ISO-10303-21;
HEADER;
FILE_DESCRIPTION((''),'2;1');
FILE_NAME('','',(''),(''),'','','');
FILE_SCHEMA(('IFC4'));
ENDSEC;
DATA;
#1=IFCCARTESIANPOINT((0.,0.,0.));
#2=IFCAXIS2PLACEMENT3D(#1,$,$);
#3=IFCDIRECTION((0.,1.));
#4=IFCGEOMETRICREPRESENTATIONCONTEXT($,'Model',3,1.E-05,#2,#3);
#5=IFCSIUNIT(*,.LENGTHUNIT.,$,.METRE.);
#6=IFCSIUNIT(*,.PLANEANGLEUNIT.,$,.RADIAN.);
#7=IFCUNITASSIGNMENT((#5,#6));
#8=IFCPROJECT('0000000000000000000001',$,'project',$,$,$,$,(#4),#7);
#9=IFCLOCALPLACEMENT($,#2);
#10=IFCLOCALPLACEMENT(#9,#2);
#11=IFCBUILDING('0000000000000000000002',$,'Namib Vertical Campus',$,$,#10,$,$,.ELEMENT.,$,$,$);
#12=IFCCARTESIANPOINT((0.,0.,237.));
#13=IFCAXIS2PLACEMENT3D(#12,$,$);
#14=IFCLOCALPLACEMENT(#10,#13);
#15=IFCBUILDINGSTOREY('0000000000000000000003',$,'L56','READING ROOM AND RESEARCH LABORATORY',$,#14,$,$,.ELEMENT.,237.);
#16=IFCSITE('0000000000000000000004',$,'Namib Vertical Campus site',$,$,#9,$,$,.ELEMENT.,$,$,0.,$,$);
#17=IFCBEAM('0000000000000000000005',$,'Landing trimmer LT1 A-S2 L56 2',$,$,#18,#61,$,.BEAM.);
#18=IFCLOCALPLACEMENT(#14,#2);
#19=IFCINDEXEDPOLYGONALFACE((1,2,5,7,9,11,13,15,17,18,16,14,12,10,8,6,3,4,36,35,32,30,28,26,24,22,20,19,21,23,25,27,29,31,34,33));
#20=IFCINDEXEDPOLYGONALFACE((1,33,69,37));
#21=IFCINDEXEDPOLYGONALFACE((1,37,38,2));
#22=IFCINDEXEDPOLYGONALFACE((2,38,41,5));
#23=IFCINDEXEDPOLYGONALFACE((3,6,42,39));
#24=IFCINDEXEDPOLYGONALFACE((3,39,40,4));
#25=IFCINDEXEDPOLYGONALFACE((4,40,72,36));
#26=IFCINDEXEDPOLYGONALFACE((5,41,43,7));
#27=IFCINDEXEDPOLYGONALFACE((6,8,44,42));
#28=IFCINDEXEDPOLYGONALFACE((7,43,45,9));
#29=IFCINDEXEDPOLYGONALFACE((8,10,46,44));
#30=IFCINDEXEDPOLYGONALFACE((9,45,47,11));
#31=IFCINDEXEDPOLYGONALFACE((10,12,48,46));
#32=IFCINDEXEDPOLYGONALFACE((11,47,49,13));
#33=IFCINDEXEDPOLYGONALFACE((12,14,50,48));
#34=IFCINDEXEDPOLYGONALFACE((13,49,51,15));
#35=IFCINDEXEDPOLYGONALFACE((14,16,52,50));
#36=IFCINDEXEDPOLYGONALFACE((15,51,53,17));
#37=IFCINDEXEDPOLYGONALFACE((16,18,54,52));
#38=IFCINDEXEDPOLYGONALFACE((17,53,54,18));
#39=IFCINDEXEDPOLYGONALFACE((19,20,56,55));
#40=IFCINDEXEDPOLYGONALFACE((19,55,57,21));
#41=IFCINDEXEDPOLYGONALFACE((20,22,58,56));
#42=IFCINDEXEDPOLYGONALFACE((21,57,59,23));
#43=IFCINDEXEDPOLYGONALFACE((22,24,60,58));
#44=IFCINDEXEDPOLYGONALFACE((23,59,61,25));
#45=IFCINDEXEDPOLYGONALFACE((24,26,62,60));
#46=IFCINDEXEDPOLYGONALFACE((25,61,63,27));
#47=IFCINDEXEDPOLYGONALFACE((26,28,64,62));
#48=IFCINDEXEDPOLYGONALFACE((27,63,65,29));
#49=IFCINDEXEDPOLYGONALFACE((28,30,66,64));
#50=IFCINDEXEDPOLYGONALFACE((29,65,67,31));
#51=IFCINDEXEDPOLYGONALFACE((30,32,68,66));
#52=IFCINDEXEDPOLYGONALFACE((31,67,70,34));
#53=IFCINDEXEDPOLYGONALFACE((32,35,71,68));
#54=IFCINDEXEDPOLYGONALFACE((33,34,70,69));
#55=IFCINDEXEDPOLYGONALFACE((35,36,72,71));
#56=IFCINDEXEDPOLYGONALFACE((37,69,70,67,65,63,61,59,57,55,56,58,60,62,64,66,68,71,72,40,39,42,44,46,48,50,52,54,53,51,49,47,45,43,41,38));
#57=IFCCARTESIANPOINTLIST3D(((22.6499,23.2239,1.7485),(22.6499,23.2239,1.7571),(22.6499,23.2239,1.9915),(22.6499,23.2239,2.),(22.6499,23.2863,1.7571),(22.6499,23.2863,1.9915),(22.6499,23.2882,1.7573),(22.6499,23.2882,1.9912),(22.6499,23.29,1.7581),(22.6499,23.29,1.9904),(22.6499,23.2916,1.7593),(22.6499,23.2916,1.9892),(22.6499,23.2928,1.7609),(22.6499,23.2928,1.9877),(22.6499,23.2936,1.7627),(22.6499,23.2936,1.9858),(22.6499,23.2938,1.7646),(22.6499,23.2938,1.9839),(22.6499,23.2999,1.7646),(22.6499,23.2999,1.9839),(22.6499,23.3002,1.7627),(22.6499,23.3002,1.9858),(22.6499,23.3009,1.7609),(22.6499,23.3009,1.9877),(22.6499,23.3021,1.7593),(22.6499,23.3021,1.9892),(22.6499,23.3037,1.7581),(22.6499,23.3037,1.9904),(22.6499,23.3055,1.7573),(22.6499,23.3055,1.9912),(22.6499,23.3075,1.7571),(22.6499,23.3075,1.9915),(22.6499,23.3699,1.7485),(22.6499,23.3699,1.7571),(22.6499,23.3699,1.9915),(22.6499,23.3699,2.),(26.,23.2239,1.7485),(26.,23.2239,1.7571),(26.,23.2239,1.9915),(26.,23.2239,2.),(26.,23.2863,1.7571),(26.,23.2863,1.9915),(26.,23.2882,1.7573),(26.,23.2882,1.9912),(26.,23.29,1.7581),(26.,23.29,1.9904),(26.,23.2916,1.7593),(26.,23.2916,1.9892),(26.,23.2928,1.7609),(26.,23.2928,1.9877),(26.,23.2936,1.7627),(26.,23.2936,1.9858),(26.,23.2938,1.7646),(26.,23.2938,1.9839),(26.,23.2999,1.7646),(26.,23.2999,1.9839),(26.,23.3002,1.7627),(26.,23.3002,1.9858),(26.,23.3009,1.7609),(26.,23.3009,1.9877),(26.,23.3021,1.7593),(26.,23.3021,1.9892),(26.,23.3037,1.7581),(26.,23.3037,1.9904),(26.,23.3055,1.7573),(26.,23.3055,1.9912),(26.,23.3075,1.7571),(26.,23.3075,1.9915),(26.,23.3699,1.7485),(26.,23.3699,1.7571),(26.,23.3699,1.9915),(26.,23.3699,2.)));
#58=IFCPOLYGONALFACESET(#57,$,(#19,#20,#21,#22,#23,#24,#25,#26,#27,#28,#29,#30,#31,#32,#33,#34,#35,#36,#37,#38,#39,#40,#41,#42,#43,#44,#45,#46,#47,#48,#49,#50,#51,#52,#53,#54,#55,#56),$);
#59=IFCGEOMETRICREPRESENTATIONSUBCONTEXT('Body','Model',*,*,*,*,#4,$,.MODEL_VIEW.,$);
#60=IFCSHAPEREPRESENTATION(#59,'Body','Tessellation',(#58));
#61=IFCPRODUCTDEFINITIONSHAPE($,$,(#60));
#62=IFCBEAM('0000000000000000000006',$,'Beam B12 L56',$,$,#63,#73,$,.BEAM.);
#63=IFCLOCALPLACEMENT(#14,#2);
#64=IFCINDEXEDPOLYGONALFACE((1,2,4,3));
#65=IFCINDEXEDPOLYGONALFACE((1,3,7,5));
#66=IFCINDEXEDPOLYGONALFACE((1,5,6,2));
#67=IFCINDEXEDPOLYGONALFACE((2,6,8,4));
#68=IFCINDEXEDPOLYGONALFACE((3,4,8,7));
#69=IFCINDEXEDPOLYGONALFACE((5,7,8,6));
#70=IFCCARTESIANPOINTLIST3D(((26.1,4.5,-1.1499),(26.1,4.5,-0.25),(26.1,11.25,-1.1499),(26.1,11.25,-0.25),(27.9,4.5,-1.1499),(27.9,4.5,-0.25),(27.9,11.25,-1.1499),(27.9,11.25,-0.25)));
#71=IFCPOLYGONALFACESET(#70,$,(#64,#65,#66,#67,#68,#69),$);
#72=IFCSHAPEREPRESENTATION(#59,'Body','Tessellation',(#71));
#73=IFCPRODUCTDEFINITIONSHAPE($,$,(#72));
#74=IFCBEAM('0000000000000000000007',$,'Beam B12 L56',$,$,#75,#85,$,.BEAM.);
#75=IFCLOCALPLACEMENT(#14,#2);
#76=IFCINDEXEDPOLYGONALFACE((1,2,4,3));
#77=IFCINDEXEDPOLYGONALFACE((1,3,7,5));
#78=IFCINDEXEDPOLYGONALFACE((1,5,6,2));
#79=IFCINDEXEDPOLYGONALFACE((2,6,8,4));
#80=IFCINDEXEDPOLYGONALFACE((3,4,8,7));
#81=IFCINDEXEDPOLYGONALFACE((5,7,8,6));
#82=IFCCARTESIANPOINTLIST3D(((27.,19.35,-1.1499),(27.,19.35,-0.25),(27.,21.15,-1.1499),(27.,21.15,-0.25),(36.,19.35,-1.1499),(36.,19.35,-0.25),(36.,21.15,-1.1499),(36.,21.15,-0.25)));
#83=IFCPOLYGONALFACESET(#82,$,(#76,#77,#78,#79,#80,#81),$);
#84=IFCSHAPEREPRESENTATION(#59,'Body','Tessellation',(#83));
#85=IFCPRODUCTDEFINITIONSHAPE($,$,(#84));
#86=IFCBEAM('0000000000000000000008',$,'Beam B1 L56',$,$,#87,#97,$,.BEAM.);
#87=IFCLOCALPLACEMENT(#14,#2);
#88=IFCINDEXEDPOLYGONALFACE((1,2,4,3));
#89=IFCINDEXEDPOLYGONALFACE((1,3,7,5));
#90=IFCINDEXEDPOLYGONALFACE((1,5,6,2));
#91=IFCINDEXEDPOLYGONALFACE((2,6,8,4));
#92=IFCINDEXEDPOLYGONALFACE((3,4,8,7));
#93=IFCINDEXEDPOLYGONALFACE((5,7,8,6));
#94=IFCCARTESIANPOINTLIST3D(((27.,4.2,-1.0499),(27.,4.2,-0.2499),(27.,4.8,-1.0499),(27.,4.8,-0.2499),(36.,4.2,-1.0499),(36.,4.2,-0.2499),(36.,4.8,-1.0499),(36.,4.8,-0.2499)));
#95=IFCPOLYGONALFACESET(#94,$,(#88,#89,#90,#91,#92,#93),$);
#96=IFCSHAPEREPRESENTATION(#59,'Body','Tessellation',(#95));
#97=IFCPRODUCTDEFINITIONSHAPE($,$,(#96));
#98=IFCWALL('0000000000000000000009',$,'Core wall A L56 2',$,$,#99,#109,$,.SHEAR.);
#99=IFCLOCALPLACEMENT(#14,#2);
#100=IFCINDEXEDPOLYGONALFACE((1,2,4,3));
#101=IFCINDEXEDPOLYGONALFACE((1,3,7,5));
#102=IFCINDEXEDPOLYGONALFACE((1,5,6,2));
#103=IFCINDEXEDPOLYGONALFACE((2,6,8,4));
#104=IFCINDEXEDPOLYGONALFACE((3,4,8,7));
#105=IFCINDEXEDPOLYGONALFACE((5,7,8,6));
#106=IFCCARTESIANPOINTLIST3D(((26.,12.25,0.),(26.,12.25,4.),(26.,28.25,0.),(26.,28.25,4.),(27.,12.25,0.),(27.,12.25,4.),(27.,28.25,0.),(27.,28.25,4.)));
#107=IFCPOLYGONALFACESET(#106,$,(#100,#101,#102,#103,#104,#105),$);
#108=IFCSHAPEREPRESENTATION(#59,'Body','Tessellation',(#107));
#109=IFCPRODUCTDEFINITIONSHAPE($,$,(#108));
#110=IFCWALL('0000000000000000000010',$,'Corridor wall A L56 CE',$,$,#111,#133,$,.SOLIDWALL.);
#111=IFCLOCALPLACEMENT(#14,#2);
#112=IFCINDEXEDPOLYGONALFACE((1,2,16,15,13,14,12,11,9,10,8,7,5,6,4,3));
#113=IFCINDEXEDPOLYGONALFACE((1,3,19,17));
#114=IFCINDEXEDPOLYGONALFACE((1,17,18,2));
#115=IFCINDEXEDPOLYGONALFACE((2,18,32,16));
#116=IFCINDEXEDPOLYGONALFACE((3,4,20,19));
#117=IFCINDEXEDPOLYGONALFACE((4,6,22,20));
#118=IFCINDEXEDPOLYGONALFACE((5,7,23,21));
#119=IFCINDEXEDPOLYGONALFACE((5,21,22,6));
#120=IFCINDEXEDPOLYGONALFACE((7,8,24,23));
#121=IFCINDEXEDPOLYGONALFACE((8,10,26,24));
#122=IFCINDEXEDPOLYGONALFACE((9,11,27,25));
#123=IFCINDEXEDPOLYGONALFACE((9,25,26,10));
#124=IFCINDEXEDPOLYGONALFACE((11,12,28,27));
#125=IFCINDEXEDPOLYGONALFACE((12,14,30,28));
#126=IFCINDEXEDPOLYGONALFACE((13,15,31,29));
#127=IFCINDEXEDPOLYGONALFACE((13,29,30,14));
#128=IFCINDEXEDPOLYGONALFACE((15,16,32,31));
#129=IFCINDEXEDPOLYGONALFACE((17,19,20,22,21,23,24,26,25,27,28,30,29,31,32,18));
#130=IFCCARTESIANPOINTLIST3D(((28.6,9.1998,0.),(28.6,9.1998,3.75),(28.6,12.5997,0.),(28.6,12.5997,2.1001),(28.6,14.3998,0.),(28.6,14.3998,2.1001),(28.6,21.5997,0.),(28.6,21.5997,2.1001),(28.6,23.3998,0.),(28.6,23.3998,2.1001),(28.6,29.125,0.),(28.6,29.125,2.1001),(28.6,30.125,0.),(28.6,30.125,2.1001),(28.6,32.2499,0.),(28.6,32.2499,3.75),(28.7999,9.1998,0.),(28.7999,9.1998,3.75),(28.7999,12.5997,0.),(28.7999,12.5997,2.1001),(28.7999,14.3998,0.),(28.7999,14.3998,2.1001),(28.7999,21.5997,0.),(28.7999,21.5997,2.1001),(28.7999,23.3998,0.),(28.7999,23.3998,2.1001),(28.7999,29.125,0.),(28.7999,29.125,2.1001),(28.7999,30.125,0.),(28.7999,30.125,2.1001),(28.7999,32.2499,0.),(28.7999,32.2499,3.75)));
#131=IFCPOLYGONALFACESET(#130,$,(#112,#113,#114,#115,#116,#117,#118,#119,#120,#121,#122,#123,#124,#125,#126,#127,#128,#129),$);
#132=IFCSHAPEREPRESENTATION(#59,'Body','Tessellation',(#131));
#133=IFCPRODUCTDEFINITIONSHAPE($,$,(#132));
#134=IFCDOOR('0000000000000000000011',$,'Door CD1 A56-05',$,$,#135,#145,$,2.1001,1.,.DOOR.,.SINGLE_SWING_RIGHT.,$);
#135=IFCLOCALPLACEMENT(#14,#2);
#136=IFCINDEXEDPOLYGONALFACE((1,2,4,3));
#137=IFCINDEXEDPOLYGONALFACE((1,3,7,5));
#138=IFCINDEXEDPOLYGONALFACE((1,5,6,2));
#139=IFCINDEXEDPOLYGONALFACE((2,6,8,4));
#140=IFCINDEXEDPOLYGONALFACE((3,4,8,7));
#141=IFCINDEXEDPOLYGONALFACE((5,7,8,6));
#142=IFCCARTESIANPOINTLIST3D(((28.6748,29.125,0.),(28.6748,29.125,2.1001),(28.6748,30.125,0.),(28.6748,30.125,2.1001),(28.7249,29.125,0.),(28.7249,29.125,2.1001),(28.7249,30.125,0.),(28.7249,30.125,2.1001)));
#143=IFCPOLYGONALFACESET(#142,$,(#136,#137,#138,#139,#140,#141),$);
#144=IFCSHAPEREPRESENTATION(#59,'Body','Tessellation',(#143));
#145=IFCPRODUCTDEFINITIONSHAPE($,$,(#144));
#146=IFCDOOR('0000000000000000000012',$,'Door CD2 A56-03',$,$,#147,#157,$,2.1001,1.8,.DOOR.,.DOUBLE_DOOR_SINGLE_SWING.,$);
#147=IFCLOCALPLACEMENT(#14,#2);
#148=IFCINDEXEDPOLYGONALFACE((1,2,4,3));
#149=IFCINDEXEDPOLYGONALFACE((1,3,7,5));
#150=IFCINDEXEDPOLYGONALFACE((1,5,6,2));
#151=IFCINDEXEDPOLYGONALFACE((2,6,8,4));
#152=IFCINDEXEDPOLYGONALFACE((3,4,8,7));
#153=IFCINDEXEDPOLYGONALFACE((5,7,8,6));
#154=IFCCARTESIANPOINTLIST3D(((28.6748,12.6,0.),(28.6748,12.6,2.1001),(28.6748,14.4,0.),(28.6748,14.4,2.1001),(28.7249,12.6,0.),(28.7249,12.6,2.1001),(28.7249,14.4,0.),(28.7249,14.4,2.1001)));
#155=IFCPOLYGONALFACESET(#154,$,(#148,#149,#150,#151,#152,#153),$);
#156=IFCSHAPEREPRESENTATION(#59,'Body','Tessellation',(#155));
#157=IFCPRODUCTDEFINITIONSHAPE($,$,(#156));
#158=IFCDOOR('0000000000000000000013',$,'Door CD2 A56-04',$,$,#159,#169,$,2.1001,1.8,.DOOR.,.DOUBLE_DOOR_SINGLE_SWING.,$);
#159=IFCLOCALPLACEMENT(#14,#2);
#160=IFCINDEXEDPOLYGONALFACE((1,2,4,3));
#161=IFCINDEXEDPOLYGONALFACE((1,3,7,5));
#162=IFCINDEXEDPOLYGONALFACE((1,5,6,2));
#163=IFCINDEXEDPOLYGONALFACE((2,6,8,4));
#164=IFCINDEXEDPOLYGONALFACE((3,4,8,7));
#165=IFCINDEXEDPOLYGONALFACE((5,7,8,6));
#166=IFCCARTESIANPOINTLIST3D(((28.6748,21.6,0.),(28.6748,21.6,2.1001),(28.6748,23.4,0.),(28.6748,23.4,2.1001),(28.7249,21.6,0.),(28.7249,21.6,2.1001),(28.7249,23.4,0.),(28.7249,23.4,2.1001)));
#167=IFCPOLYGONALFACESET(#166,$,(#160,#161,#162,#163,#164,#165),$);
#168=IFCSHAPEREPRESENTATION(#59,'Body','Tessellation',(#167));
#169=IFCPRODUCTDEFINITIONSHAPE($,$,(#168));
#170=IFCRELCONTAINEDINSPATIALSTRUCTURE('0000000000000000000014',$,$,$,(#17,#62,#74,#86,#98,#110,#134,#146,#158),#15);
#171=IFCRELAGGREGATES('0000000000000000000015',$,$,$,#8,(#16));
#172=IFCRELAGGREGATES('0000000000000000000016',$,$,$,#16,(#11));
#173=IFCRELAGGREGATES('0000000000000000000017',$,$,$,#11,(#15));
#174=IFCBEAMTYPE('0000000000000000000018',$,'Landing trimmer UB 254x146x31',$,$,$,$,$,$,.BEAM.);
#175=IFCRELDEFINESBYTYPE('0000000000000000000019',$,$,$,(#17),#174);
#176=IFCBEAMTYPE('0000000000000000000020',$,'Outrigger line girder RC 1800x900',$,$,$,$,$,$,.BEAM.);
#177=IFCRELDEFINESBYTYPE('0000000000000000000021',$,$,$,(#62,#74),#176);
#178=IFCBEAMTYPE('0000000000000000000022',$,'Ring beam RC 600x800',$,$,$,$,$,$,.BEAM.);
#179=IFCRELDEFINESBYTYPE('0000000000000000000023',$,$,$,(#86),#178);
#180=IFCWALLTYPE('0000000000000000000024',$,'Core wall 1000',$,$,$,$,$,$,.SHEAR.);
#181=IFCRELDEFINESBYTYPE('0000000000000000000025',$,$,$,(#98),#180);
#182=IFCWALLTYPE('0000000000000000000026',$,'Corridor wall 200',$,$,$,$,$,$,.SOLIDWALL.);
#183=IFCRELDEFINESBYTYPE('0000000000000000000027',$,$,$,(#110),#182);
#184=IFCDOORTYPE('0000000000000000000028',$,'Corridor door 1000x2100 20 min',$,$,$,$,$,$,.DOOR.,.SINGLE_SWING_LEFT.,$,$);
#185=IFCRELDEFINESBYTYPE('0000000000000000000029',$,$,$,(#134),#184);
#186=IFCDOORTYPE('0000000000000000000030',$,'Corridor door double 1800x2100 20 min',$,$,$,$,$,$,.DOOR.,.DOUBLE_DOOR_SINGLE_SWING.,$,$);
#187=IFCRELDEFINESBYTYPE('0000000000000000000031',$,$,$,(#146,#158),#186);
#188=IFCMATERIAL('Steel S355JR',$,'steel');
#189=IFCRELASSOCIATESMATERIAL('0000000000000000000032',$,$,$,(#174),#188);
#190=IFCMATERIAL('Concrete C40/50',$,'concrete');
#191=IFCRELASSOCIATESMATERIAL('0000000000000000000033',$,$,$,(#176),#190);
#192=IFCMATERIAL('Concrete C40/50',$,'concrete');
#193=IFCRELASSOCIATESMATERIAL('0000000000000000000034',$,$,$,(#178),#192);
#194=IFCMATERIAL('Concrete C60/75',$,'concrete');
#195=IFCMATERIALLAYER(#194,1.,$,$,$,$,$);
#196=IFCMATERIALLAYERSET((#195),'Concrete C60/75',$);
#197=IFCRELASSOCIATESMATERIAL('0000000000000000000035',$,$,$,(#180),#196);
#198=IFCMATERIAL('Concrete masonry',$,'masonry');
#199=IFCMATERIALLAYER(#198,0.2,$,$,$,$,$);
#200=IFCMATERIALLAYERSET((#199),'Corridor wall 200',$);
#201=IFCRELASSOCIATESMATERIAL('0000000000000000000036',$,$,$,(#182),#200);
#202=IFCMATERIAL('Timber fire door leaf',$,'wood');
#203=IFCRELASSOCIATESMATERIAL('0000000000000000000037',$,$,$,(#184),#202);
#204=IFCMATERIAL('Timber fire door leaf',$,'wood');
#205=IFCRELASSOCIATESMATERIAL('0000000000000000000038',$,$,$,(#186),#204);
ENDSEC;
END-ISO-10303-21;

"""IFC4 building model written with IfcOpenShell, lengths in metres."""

from ifc_helpers import new_model, si_unit, direction, frame, frame_2d, origin, origin_2d, place, context, subcontext, project, spatial, rectangle, i_section, extrude, material, layer, layer_set, material_profile, profile_set, type_object, element, fill, save


model = new_model("IFC4")

# Units and contexts
model_context = context("Model", 3, precision=1e-05, world=origin(), true_north=direction((0.0, 1.0)))
body_context = subcontext(model_context, "Body", "Model", "MODEL_VIEW")
ifc_project = project(units=[si_unit("LENGTHUNIT", "METRE"), si_unit("PLANEANGLEUNIT", "RADIAN")], contexts=[model_context])

# Site, building, storey
site_placement = place(None, origin())
site = spatial("IfcSite", under=ifc_project, at=site_placement, Name="Namib Vertical Campus site", CompositionType="ELEMENT", RefElevation=0.0)
building_placement = place(site_placement, origin())
building = spatial("IfcBuilding", under=site, at=building_placement, Name="Namib Vertical Campus", CompositionType="ELEMENT")
storey_placement = place(building_placement, frame((0.0, 0.0, 237.0)))
storey = spatial("IfcBuildingStorey", under=building, at=storey_placement, Name="L56", Description="READING ROOM AND RESEARCH LABORATORY", CompositionType="ELEMENT", Elevation=237.0)

# Beams
ifc_material_1 = material(Name="Steel S355JR", Category="steel")
ifc_material_profile_1 = material_profile(ifc_material_1, i_section(OverallWidth=0.146, OverallDepth=0.2515, WebThickness=0.0061, FlangeThickness=0.0085, FilletRadius=0.0076, at=origin_2d()))
ifc_profile_set_1 = profile_set([ifc_material_profile_1], Name="Steel S355JR")
beam_type_1 = type_object("IfcBeamType", Name="Landing trimmer UB 254x146x31", PredefinedType="BEAM", material=ifc_profile_set_1)
beam_1_placement = place(storey_placement, frame((22.6499, 23.2969, 1.8743), z_axis=(1.0, 0.0, 0.0), x_axis=(0.0, 1.0, 0.0)))
element("IfcBeam", 1, at=beam_1_placement, inside=storey, type_object=beam_type_1, Name="Landing trimmer LT1 A-S2 L56 2", PredefinedType="BEAM", context=body_context, shape_type="SweptSolid", body=[
    extrude(i_section(OverallWidth=0.146, OverallDepth=0.2515, WebThickness=0.0061, FlangeThickness=0.0085, FilletRadius=0.0076, at=origin_2d()), origin(), (0.0, 0.0, 1.0), 3.3501),
])
ifc_material_2 = material(Name="Concrete C40/50", Category="concrete")
ifc_material_profile_2 = material_profile(ifc_material_2, rectangle(XDim=1.8, YDim=0.8999, at=origin_2d()))
ifc_profile_set_2 = profile_set([ifc_material_profile_2], Name="Concrete C40/50")
beam_type_2 = type_object("IfcBeamType", Name="Outrigger line girder RC 1800x900", PredefinedType="BEAM", material=ifc_profile_set_2)
beam_2_placement = place(storey_placement, frame((27.0, 4.5, -0.7), z_axis=(0.0, 1.0, 0.0), x_axis=(-1.0, 0.0, 0.0)))
element("IfcBeam", 2, at=beam_2_placement, inside=storey, type_object=beam_type_2, Name="Beam B12 L56", PredefinedType="BEAM", context=body_context, shape_type="SweptSolid", body=[
    extrude(rectangle(XDim=1.8, YDim=0.8999, at=origin_2d()), origin(), (0.0, 0.0, 1.0), 6.75),
])
beam_3_placement = place(storey_placement, frame((36.0, 20.25, -0.7), z_axis=(-1.0, 0.0, 0.0), x_axis=(0.0, -1.0, 0.0)))
element("IfcBeam", 3, at=beam_3_placement, inside=storey, type_object=beam_type_2, Name="Beam B12 L56", PredefinedType="BEAM", context=body_context, shape_type="SweptSolid", body=[
    extrude(rectangle(XDim=1.8, YDim=0.8999, at=origin_2d()), origin(), (0.0, 0.0, 1.0), 9.0),
])
ifc_material_3 = material(Name="Concrete C40/50", Category="concrete")
ifc_material_profile_3 = material_profile(ifc_material_3, rectangle(XDim=0.6001, YDim=0.8, at=origin_2d()))
ifc_profile_set_3 = profile_set([ifc_material_profile_3], Name="Concrete C40/50")
beam_type_3 = type_object("IfcBeamType", Name="Ring beam RC 600x800", PredefinedType="BEAM", material=ifc_profile_set_3)
beam_4_placement = place(storey_placement, frame((27.0, 4.5, -0.6499), z_axis=(1.0, 0.0, 0.0), x_axis=(0.0, 1.0, 0.0)))
element("IfcBeam", 4, at=beam_4_placement, inside=storey, type_object=beam_type_3, Name="Beam B1 L56", PredefinedType="BEAM", context=body_context, shape_type="SweptSolid", body=[
    extrude(rectangle(XDim=0.6001, YDim=0.8, at=origin_2d()), origin(), (0.0, 0.0, 1.0), 9.0),
])

# Wall
ifc_material_4 = material(Name="Concrete C60/75", Category="concrete")
ifc_layer_1 = layer(ifc_material_4, 1.0)
ifc_layer_set_1 = layer_set([ifc_layer_1], Name="Concrete C60/75")
wall_type_1 = type_object("IfcWallType", Name="Core wall 1000", PredefinedType="SHEAR", material=ifc_layer_set_1)
wall_1_placement = place(storey_placement, frame((26.5, 12.25, 0.0), z_axis=(0.0, 0.0, 1.0), x_axis=(0.0, 1.0, 0.0)))
element("IfcWall", 5, at=wall_1_placement, inside=storey, type_object=wall_type_1, Name="Core wall A L56 2", PredefinedType="SHEAR", context=body_context, shape_type="SweptSolid", body=[
    extrude(rectangle(XDim=16.0, YDim=1.0, at=frame_2d((8.0, 0.0))), origin(), (0.0, 0.0, 1.0), 4.0),
])

# Wall, openings, doors
ifc_material_5 = material(Name="Concrete masonry", Category="masonry")
ifc_layer_2 = layer(ifc_material_5, 0.2)
ifc_layer_set_2 = layer_set([ifc_layer_2], Name="Corridor wall 200")
wall_type_2 = type_object("IfcWallType", Name="Corridor wall 200", PredefinedType="SOLIDWALL", material=ifc_layer_set_2)
wall_2_placement = place(storey_placement, frame((28.7, 9.2, 0.0), z_axis=(0.0, 0.0, 1.0), x_axis=(0.0, 1.0, 0.0)))
wall_2 = element("IfcWall", 6, at=wall_2_placement, inside=storey, type_object=wall_type_2, Name="Corridor wall A L56 CE", PredefinedType="SOLIDWALL", context=body_context, shape_type="SweptSolid", body=[
    extrude(rectangle(XDim=23.05, YDim=0.2, at=frame_2d((11.5249, 0.0))), origin(), (0.0, 0.0, 1.0), 3.75),
])
opening_1_placement = place(wall_2_placement, frame((3.3999, 0.0, 0.0)))
opening_1 = element("IfcOpeningElement", 7, at=opening_1_placement, cuts=wall_2, PredefinedType="OPENING", context=body_context, shape_type="SweptSolid", body=[
    extrude(rectangle(XDim=1.8, YDim=2.1001, at=frame_2d((0.8999, 1.05))), frame((0.0, 0.1099, 0.0), z_axis=(0.0, -1.0, 0.0), x_axis=(1.0, 0.0, 0.0)), (0.0, 0.0, 1.0), 0.22),
])
opening_2_placement = place(wall_2_placement, frame((12.3999, 0.0, 0.0)))
opening_2 = element("IfcOpeningElement", 8, at=opening_2_placement, cuts=wall_2, PredefinedType="OPENING", context=body_context, shape_type="SweptSolid", body=[
    extrude(rectangle(XDim=1.8, YDim=2.1001, at=frame_2d((0.8999, 1.05))), frame((0.0, 0.1099, 0.0), z_axis=(0.0, -1.0, 0.0), x_axis=(1.0, 0.0, 0.0)), (0.0, 0.0, 1.0), 0.22),
])
opening_3_placement = place(wall_2_placement, frame((19.925, 0.0, 0.0)))
opening_3 = element("IfcOpeningElement", 9, at=opening_3_placement, cuts=wall_2, PredefinedType="OPENING", context=body_context, shape_type="SweptSolid", body=[
    extrude(rectangle(XDim=1.0, YDim=2.1001, at=frame_2d((0.5, 1.05))), frame((0.0, 0.1099, 0.0), z_axis=(0.0, -1.0, 0.0), x_axis=(1.0, 0.0, 0.0)), (0.0, 0.0, 1.0), 0.22),
])
ifc_material_6 = material(Name="Timber fire door leaf", Category="wood")
door_type_1 = type_object("IfcDoorType", Name="Corridor door 1000x2100 20 min", OperationType="SINGLE_SWING_LEFT", PredefinedType="DOOR", material=ifc_material_6)
door_1_placement = place(opening_3_placement, frame((1.0, 0.0, 0.0), z_axis=(0.0, 0.0, 1.0), x_axis=(-1.0, 0.0, 0.0)))
door_1 = element("IfcDoor", 10, at=door_1_placement, inside=storey, type_object=door_type_1, Name="Door CD1 A56-05", OperationType="SINGLE_SWING_RIGHT", OverallHeight=2.1001, OverallWidth=1.0, PredefinedType="DOOR", context=body_context, shape_type="SweptSolid", body=[
    extrude(rectangle(XDim=1.0, YDim=2.1001, at=frame_2d((0.5, 1.05))), frame((0.0, 0.0249, 0.0), z_axis=(0.0, -1.0, 0.0), x_axis=(1.0, 0.0, 0.0)), (0.0, 0.0, 1.0), 0.05),
])
fill(opening_3, door_1)
ifc_material_7 = material(Name="Timber fire door leaf", Category="wood")
door_type_2 = type_object("IfcDoorType", Name="Corridor door double 1800x2100 20 min", OperationType="DOUBLE_DOOR_SINGLE_SWING", PredefinedType="DOOR", material=ifc_material_7)
door_2_placement = place(opening_1_placement, frame((1.8, 0.0, 0.0), z_axis=(0.0, 0.0, 1.0), x_axis=(-1.0, 0.0, 0.0)))
door_2 = element("IfcDoor", 11, at=door_2_placement, inside=storey, type_object=door_type_2, Name="Door CD2 A56-03", OperationType="DOUBLE_DOOR_SINGLE_SWING", OverallHeight=2.1001, OverallWidth=1.8, PredefinedType="DOOR", context=body_context, shape_type="SweptSolid", body=[
    extrude(rectangle(XDim=1.8, YDim=2.1001, at=frame_2d((0.8999, 1.05))), frame((0.0, 0.0249, 0.0), z_axis=(0.0, -1.0, 0.0), x_axis=(1.0, 0.0, 0.0)), (0.0, 0.0, 1.0), 0.05),
])
fill(opening_1, door_2)
door_3_placement = place(opening_2_placement, frame((1.8, 0.0, 0.0), z_axis=(0.0, 0.0, 1.0), x_axis=(-1.0, 0.0, 0.0)))
door_3 = element("IfcDoor", 12, at=door_3_placement, inside=storey, type_object=door_type_2, Name="Door CD2 A56-04", OperationType="DOUBLE_DOOR_SINGLE_SWING", OverallHeight=2.1001, OverallWidth=1.8, PredefinedType="DOOR", context=body_context, shape_type="SweptSolid", body=[
    extrude(rectangle(XDim=1.8, YDim=2.1001, at=frame_2d((0.8999, 1.05))), frame((0.0, 0.0249, 0.0), z_axis=(0.0, -1.0, 0.0), x_axis=(1.0, 0.0, 0.0)), (0.0, 0.0, 1.0), 0.05),
])
fill(opening_2, door_3)

save(model, "model.ifc")
